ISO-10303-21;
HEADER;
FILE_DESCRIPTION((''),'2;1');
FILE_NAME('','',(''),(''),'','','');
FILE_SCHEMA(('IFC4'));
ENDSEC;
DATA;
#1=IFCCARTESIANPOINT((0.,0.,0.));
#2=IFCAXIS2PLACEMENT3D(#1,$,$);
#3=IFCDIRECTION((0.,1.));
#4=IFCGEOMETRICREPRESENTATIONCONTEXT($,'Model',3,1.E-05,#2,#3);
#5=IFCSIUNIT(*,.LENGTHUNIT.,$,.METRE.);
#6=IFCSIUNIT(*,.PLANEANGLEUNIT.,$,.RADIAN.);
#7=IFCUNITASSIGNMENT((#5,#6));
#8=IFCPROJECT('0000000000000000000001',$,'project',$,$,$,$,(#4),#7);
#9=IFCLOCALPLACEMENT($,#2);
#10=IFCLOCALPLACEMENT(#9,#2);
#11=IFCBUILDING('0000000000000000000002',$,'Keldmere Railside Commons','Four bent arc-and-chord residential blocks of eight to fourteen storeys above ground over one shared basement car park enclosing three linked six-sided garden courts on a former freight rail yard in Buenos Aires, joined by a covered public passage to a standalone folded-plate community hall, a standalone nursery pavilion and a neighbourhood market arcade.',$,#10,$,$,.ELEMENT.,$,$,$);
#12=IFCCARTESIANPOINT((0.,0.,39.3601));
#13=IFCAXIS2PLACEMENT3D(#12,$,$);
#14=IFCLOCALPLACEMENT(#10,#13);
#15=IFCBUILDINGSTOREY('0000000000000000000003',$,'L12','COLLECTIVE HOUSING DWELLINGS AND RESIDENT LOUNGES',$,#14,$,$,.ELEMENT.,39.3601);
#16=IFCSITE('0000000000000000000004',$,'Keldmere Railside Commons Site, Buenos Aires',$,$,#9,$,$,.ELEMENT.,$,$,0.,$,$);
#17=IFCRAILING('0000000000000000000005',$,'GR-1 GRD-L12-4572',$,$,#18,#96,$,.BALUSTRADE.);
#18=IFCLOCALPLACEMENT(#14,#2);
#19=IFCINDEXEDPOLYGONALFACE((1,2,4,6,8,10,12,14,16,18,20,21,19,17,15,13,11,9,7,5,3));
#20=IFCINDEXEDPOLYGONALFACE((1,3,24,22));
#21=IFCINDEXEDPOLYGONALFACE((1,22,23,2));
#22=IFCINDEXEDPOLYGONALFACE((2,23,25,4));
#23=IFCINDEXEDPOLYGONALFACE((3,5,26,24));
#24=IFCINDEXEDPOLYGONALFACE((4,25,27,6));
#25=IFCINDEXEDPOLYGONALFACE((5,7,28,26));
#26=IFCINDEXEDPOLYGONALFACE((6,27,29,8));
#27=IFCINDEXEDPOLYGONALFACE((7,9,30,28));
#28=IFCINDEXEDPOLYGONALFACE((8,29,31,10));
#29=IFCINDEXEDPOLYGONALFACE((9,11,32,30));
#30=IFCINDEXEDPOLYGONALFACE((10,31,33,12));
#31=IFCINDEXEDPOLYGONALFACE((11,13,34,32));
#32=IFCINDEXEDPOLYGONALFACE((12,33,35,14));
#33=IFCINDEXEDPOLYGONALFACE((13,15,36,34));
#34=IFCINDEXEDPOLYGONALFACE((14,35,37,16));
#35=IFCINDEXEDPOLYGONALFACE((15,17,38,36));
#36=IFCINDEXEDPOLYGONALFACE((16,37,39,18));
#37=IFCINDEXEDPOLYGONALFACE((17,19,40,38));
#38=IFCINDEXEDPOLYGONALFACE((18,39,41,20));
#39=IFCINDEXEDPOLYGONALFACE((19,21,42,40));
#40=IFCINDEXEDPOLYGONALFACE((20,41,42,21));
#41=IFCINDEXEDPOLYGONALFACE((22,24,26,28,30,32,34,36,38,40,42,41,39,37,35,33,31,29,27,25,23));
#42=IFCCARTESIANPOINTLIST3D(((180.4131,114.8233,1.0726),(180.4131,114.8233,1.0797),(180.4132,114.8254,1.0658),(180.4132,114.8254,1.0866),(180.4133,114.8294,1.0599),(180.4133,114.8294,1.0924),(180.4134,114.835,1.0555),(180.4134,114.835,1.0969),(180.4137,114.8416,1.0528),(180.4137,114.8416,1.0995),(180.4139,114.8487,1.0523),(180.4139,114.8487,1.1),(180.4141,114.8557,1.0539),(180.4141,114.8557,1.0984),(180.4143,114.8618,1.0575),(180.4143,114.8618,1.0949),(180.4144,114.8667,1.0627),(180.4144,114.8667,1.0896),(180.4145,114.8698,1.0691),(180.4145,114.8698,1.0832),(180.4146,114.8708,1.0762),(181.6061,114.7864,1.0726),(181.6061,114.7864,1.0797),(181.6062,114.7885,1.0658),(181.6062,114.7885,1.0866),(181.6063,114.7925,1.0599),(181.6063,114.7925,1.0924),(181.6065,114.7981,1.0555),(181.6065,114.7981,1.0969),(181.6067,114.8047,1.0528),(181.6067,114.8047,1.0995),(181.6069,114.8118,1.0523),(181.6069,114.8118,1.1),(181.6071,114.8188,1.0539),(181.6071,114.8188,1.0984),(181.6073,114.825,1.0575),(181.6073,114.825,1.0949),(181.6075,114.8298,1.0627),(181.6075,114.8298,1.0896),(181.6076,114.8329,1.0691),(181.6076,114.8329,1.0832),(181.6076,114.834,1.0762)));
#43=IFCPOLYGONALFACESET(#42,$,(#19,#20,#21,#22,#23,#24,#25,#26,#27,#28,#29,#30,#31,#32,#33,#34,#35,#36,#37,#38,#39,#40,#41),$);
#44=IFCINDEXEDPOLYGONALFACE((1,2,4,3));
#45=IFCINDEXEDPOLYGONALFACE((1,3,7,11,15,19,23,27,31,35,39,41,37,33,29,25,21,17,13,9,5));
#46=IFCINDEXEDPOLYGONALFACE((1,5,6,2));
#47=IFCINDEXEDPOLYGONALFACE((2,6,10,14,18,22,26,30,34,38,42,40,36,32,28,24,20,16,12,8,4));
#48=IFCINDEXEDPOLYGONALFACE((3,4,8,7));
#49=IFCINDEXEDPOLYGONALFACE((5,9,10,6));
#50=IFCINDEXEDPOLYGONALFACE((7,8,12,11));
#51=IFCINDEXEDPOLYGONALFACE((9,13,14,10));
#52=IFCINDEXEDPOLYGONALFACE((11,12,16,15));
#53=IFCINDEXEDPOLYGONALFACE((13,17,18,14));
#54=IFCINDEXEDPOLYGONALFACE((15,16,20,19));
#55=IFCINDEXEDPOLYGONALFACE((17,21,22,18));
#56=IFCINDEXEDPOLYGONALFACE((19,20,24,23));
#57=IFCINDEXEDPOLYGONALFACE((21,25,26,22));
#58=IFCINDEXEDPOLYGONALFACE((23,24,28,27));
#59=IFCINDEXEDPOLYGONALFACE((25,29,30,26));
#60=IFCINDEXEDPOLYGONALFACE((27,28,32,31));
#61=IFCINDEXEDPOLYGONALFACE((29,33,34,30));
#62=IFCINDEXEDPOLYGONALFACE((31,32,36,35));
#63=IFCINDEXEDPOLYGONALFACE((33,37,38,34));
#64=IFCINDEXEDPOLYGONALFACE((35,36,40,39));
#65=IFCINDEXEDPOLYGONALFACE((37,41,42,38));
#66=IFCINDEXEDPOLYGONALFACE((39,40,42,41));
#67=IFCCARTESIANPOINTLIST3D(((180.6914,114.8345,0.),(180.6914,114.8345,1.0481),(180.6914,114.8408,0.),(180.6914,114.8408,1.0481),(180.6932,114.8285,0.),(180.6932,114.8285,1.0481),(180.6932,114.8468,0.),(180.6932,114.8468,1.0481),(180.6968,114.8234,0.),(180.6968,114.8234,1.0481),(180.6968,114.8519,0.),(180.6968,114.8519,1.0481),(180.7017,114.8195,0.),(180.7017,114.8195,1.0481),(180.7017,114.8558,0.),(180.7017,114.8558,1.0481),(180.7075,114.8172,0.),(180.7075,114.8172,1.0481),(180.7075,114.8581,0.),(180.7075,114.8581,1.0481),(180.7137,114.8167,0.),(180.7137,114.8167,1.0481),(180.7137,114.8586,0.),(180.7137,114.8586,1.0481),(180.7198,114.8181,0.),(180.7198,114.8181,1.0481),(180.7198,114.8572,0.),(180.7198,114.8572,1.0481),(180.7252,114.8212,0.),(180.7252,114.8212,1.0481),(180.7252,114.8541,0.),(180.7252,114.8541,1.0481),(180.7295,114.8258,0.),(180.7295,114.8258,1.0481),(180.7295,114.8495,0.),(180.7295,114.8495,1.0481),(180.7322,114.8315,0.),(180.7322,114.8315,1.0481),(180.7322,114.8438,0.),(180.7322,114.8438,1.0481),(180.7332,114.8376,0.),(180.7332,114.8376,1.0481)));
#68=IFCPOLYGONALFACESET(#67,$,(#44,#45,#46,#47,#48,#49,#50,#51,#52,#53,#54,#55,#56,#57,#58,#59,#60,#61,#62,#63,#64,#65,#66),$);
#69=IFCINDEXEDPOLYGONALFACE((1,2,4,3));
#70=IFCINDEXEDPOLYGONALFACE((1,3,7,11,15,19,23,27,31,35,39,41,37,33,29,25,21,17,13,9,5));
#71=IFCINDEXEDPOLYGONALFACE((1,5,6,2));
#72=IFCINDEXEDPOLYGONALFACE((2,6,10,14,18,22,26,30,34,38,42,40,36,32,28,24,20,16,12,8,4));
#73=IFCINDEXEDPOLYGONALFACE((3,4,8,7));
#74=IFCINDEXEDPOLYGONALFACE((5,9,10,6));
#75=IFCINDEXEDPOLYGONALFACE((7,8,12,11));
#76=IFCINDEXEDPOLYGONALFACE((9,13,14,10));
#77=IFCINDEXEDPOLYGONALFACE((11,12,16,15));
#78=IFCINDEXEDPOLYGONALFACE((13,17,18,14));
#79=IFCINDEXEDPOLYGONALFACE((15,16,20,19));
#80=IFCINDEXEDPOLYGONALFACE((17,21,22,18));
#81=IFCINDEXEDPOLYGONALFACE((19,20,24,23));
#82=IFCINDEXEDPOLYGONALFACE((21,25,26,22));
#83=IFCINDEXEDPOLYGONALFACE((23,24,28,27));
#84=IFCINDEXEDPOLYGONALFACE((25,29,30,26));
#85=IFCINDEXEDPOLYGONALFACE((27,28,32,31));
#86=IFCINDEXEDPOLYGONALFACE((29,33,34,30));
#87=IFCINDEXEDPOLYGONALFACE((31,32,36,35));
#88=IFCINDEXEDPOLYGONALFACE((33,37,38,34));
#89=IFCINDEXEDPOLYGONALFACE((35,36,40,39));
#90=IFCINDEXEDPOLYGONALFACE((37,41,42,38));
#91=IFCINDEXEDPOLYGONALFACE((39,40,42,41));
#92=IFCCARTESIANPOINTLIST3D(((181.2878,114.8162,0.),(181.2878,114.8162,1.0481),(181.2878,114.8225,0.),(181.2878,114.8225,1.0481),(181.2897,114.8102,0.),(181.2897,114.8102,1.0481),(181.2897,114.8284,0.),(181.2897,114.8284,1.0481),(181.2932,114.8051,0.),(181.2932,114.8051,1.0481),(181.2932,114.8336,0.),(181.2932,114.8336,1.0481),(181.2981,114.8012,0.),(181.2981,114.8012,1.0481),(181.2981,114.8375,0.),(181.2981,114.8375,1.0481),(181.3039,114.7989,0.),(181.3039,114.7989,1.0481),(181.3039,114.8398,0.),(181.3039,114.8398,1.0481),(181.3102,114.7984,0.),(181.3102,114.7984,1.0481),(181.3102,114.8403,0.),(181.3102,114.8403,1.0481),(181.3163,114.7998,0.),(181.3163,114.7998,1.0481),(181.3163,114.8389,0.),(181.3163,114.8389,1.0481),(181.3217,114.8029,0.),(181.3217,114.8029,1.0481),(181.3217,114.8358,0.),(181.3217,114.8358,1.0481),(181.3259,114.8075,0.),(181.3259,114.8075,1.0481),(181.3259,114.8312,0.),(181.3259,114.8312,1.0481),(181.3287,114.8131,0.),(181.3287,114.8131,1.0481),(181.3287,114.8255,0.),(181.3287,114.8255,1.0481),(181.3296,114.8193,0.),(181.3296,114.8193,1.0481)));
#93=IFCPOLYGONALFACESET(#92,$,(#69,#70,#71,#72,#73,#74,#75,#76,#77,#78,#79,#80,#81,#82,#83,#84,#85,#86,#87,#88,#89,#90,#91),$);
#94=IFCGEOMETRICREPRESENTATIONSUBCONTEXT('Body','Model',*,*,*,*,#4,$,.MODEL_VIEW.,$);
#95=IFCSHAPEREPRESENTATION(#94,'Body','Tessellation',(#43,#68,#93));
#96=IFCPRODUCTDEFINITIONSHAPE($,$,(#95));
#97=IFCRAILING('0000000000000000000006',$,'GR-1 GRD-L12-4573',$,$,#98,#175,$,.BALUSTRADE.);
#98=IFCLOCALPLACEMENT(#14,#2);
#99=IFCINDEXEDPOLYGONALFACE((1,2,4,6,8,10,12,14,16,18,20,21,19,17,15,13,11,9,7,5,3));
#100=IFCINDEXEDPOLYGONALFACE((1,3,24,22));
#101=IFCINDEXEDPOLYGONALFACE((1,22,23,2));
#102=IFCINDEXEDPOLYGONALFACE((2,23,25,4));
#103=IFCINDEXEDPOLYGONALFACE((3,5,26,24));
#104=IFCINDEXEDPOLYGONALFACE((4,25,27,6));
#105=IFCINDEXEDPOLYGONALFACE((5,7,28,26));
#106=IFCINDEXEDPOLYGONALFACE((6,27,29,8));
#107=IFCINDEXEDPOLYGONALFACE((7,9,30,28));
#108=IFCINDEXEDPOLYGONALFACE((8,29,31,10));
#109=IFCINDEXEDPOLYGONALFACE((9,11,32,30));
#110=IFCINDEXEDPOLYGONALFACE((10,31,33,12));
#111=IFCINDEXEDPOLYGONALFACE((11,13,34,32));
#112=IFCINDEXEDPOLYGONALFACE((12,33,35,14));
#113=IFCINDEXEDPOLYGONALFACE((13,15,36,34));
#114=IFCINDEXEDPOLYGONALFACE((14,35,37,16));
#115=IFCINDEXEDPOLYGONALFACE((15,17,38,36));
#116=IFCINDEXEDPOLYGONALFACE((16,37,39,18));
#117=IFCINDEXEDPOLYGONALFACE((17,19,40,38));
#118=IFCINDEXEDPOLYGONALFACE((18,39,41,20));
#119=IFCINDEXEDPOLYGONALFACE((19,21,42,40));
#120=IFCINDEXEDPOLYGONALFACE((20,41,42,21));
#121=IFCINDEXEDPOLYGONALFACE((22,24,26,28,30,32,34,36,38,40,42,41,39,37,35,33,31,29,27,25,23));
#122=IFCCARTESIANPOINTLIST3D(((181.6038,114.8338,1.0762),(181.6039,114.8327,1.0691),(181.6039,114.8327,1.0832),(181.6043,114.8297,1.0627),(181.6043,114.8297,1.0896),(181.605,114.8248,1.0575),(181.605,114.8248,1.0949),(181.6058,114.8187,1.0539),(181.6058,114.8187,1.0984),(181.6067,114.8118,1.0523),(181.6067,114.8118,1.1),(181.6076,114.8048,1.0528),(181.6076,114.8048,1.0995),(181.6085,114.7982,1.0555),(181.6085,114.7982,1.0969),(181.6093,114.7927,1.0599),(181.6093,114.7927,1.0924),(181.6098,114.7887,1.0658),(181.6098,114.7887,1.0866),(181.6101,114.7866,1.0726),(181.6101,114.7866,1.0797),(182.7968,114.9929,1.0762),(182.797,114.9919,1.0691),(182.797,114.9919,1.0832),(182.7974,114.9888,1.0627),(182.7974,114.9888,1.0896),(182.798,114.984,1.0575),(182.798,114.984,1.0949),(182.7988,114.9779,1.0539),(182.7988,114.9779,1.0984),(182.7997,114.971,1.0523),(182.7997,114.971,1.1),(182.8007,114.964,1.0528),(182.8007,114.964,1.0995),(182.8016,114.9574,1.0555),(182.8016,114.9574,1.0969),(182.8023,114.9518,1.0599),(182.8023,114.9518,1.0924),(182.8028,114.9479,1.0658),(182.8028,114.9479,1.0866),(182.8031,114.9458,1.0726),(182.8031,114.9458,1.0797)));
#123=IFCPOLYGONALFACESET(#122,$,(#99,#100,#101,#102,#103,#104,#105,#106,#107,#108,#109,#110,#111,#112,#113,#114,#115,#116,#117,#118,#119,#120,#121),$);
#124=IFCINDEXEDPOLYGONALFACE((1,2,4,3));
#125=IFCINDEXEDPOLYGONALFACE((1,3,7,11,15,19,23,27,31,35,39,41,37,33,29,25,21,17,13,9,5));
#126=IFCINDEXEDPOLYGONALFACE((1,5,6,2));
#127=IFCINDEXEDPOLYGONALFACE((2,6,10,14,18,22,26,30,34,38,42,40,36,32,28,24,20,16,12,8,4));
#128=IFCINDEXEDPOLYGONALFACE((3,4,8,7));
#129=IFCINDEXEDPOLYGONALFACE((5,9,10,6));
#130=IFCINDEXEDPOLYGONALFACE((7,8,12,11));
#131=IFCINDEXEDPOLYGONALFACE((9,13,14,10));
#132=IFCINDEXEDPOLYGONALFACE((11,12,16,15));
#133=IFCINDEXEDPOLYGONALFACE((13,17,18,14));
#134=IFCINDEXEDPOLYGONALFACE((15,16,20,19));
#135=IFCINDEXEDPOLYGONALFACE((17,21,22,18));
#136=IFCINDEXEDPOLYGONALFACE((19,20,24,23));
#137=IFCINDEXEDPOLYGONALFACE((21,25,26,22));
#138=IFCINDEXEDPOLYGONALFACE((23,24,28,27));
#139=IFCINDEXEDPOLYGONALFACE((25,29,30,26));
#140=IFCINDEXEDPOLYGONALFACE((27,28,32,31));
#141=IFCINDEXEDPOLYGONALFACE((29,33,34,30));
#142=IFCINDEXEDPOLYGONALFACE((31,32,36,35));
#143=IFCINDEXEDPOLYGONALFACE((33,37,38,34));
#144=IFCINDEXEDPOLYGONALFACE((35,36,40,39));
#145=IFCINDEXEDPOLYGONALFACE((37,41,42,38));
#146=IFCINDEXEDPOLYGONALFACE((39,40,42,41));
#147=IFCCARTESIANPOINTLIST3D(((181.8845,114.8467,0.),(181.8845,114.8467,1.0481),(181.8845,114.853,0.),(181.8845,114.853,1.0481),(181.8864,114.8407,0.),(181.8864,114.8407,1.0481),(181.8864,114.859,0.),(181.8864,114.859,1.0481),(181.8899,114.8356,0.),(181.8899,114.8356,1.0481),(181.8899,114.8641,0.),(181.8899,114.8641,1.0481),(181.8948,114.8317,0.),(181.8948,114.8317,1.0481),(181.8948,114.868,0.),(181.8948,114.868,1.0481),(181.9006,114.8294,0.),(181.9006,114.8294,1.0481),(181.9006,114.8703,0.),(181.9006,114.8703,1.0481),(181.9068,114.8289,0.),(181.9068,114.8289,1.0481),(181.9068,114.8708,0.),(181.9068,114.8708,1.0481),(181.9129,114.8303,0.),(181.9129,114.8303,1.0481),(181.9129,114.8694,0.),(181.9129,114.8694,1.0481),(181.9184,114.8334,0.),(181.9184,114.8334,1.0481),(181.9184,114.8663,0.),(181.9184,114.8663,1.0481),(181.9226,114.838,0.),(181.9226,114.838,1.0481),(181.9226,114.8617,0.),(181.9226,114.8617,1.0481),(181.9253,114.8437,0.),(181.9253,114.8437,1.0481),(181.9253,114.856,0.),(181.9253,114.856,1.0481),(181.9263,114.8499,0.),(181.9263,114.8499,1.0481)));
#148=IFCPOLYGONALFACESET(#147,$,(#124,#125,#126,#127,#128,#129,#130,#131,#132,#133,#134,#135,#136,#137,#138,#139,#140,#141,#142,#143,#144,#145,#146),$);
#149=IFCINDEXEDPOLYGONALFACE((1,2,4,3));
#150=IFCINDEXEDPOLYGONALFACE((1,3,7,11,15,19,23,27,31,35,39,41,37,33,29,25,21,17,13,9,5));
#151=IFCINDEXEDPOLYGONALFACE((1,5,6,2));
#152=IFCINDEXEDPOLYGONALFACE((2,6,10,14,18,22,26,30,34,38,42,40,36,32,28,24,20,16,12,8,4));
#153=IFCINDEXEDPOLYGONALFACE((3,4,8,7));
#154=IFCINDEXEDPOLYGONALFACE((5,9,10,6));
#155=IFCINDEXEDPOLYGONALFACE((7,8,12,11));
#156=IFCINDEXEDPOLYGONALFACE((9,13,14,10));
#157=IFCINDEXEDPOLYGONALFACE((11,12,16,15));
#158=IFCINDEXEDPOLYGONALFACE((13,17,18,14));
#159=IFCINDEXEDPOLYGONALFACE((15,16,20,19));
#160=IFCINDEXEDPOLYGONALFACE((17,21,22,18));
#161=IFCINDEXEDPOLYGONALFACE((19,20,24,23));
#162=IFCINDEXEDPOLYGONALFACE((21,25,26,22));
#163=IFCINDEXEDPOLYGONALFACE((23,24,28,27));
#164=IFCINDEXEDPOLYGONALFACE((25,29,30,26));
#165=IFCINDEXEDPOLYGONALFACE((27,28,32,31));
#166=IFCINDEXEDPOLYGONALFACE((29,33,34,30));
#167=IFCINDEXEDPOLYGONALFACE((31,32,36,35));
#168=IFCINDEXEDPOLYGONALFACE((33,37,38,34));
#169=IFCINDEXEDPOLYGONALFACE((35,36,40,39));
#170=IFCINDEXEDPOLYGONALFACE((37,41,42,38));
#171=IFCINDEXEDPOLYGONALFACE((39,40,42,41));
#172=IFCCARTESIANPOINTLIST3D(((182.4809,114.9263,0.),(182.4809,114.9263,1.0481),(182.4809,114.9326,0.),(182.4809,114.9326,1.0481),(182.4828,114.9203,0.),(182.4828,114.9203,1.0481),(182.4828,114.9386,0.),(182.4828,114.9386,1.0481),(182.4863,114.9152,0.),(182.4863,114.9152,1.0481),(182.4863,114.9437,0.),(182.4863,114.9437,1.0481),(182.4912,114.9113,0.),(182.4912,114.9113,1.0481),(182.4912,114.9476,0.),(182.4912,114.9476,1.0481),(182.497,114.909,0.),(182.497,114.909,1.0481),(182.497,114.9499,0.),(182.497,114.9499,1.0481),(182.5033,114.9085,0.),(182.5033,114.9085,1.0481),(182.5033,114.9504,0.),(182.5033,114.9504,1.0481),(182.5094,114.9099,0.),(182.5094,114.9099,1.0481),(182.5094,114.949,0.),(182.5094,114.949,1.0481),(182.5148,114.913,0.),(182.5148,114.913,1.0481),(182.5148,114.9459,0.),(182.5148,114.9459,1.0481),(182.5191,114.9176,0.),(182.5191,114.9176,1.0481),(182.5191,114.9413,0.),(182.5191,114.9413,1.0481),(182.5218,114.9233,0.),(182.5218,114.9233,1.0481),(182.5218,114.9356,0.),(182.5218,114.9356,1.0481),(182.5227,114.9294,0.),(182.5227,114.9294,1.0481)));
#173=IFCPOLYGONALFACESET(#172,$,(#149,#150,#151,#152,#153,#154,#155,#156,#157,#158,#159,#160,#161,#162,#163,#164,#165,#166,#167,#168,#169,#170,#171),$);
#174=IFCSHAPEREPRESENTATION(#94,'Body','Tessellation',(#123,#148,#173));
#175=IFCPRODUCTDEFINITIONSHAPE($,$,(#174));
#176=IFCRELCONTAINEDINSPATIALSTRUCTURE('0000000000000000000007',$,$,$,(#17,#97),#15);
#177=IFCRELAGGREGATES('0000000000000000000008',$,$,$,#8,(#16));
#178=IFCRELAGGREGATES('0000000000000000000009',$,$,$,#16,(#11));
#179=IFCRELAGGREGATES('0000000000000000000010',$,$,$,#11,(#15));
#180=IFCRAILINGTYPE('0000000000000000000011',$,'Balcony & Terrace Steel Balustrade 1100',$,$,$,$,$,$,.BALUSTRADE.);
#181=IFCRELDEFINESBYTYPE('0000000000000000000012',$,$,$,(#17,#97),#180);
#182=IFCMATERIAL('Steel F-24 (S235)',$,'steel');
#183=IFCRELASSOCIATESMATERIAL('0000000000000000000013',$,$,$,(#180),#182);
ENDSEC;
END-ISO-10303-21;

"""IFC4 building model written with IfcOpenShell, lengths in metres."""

from ifc_helpers import new_model, si_unit, direction, frame, origin, origin_2d, place, context, subcontext, project, spatial, circle, extrude, material, type_object, element, save


model = new_model("IFC4")

# Units and contexts
model_context = context("Model", 3, precision=1e-05, world=origin(), true_north=direction((0.0, 1.0)))
body_context = subcontext(model_context, "Body", "Model", "MODEL_VIEW")
ifc_project = project(units=[si_unit("LENGTHUNIT", "METRE"), si_unit("PLANEANGLEUNIT", "RADIAN")], contexts=[model_context])

# Site, building, storey
site_placement = place(None, origin())
site = spatial("IfcSite", under=ifc_project, at=site_placement, Name="Keldmere Railside Commons Site, Buenos Aires", CompositionType="ELEMENT", RefElevation=0.0)
building_placement = place(site_placement, origin())
building = spatial("IfcBuilding", under=site, at=building_placement, Name="Keldmere Railside Commons", Description="Four bent arc-and-chord residential blocks of eight to fourteen storeys above ground over one shared basement car park enclosing three linked six-sided garden courts on a former freight rail yard in Buenos Aires, joined by a covered public passage to a standalone folded-plate community hall, a standalone nursery pavilion and a neighbourhood market arcade.", CompositionType="ELEMENT")
storey_placement = place(building_placement, frame((0.0, 0.0, 39.3601)))
storey = spatial("IfcBuildingStorey", under=building, at=storey_placement, Name="L12", Description="COLLECTIVE HOUSING DWELLINGS AND RESIDENT LOUNGES", CompositionType="ELEMENT", Elevation=39.3601)

# Railings
ifc_material_1 = material(Name="Steel F-24 (S235)", Category="steel")
railing_type = type_object("IfcRailingType", Name="Balcony & Terrace Steel Balustrade 1100", PredefinedType="BALUSTRADE", material=ifc_material_1)
railing_1_placement = place(storey_placement, frame((180.4138, 114.8469, 0.0)))
element("IfcRailing", 1, at=railing_1_placement, inside=storey, type_object=railing_type, Name="GR-1 GRD-L12-4572", PredefinedType="BALUSTRADE", context=body_context, shape_type="SweptSolid", body=[
    extrude(circle(Radius=0.0239, at=origin_2d()), frame((0.0, 0.0, 1.0762), z_axis=(0.999523, -0.030884, 0.0), x_axis=(0.030884, 0.999523, 0.0)), (0.0, 0.0, 1.0), 1.1936),
    extrude(circle(Radius=0.021, at=origin_2d()), frame((0.2983, -0.0093, 0.0)), (0.0, 0.0, 1.0), 1.0481),
    extrude(circle(Radius=0.021, at=origin_2d()), frame((0.8948, -0.0276, 0.0)), (0.0, 0.0, 1.0), 1.0481),
])
railing_2_placement = place(storey_placement, frame((181.6069, 114.8101, 0.0)))
element("IfcRailing", 2, at=railing_2_placement, inside=storey, type_object=railing_type, Name="GR-1 GRD-L12-4573", PredefinedType="BALUSTRADE", context=body_context, shape_type="SweptSolid", body=[
    extrude(circle(Radius=0.0239, at=origin_2d()), frame((0.0, 0.0, 1.0762), z_axis=(0.991217, 0.132243, 0.0), x_axis=(-0.132243, 0.991217, 0.0)), (0.0, 0.0, 1.0), 1.2036),
    extrude(circle(Radius=0.021, at=origin_2d()), frame((0.2983, 0.0398, 0.0)), (0.0, 0.0, 1.0), 1.0481),
    extrude(circle(Radius=0.021, at=origin_2d()), frame((0.8948, 0.1194, 0.0)), (0.0, 0.0, 1.0), 1.0481),
])

save(model, "model.ifc")
